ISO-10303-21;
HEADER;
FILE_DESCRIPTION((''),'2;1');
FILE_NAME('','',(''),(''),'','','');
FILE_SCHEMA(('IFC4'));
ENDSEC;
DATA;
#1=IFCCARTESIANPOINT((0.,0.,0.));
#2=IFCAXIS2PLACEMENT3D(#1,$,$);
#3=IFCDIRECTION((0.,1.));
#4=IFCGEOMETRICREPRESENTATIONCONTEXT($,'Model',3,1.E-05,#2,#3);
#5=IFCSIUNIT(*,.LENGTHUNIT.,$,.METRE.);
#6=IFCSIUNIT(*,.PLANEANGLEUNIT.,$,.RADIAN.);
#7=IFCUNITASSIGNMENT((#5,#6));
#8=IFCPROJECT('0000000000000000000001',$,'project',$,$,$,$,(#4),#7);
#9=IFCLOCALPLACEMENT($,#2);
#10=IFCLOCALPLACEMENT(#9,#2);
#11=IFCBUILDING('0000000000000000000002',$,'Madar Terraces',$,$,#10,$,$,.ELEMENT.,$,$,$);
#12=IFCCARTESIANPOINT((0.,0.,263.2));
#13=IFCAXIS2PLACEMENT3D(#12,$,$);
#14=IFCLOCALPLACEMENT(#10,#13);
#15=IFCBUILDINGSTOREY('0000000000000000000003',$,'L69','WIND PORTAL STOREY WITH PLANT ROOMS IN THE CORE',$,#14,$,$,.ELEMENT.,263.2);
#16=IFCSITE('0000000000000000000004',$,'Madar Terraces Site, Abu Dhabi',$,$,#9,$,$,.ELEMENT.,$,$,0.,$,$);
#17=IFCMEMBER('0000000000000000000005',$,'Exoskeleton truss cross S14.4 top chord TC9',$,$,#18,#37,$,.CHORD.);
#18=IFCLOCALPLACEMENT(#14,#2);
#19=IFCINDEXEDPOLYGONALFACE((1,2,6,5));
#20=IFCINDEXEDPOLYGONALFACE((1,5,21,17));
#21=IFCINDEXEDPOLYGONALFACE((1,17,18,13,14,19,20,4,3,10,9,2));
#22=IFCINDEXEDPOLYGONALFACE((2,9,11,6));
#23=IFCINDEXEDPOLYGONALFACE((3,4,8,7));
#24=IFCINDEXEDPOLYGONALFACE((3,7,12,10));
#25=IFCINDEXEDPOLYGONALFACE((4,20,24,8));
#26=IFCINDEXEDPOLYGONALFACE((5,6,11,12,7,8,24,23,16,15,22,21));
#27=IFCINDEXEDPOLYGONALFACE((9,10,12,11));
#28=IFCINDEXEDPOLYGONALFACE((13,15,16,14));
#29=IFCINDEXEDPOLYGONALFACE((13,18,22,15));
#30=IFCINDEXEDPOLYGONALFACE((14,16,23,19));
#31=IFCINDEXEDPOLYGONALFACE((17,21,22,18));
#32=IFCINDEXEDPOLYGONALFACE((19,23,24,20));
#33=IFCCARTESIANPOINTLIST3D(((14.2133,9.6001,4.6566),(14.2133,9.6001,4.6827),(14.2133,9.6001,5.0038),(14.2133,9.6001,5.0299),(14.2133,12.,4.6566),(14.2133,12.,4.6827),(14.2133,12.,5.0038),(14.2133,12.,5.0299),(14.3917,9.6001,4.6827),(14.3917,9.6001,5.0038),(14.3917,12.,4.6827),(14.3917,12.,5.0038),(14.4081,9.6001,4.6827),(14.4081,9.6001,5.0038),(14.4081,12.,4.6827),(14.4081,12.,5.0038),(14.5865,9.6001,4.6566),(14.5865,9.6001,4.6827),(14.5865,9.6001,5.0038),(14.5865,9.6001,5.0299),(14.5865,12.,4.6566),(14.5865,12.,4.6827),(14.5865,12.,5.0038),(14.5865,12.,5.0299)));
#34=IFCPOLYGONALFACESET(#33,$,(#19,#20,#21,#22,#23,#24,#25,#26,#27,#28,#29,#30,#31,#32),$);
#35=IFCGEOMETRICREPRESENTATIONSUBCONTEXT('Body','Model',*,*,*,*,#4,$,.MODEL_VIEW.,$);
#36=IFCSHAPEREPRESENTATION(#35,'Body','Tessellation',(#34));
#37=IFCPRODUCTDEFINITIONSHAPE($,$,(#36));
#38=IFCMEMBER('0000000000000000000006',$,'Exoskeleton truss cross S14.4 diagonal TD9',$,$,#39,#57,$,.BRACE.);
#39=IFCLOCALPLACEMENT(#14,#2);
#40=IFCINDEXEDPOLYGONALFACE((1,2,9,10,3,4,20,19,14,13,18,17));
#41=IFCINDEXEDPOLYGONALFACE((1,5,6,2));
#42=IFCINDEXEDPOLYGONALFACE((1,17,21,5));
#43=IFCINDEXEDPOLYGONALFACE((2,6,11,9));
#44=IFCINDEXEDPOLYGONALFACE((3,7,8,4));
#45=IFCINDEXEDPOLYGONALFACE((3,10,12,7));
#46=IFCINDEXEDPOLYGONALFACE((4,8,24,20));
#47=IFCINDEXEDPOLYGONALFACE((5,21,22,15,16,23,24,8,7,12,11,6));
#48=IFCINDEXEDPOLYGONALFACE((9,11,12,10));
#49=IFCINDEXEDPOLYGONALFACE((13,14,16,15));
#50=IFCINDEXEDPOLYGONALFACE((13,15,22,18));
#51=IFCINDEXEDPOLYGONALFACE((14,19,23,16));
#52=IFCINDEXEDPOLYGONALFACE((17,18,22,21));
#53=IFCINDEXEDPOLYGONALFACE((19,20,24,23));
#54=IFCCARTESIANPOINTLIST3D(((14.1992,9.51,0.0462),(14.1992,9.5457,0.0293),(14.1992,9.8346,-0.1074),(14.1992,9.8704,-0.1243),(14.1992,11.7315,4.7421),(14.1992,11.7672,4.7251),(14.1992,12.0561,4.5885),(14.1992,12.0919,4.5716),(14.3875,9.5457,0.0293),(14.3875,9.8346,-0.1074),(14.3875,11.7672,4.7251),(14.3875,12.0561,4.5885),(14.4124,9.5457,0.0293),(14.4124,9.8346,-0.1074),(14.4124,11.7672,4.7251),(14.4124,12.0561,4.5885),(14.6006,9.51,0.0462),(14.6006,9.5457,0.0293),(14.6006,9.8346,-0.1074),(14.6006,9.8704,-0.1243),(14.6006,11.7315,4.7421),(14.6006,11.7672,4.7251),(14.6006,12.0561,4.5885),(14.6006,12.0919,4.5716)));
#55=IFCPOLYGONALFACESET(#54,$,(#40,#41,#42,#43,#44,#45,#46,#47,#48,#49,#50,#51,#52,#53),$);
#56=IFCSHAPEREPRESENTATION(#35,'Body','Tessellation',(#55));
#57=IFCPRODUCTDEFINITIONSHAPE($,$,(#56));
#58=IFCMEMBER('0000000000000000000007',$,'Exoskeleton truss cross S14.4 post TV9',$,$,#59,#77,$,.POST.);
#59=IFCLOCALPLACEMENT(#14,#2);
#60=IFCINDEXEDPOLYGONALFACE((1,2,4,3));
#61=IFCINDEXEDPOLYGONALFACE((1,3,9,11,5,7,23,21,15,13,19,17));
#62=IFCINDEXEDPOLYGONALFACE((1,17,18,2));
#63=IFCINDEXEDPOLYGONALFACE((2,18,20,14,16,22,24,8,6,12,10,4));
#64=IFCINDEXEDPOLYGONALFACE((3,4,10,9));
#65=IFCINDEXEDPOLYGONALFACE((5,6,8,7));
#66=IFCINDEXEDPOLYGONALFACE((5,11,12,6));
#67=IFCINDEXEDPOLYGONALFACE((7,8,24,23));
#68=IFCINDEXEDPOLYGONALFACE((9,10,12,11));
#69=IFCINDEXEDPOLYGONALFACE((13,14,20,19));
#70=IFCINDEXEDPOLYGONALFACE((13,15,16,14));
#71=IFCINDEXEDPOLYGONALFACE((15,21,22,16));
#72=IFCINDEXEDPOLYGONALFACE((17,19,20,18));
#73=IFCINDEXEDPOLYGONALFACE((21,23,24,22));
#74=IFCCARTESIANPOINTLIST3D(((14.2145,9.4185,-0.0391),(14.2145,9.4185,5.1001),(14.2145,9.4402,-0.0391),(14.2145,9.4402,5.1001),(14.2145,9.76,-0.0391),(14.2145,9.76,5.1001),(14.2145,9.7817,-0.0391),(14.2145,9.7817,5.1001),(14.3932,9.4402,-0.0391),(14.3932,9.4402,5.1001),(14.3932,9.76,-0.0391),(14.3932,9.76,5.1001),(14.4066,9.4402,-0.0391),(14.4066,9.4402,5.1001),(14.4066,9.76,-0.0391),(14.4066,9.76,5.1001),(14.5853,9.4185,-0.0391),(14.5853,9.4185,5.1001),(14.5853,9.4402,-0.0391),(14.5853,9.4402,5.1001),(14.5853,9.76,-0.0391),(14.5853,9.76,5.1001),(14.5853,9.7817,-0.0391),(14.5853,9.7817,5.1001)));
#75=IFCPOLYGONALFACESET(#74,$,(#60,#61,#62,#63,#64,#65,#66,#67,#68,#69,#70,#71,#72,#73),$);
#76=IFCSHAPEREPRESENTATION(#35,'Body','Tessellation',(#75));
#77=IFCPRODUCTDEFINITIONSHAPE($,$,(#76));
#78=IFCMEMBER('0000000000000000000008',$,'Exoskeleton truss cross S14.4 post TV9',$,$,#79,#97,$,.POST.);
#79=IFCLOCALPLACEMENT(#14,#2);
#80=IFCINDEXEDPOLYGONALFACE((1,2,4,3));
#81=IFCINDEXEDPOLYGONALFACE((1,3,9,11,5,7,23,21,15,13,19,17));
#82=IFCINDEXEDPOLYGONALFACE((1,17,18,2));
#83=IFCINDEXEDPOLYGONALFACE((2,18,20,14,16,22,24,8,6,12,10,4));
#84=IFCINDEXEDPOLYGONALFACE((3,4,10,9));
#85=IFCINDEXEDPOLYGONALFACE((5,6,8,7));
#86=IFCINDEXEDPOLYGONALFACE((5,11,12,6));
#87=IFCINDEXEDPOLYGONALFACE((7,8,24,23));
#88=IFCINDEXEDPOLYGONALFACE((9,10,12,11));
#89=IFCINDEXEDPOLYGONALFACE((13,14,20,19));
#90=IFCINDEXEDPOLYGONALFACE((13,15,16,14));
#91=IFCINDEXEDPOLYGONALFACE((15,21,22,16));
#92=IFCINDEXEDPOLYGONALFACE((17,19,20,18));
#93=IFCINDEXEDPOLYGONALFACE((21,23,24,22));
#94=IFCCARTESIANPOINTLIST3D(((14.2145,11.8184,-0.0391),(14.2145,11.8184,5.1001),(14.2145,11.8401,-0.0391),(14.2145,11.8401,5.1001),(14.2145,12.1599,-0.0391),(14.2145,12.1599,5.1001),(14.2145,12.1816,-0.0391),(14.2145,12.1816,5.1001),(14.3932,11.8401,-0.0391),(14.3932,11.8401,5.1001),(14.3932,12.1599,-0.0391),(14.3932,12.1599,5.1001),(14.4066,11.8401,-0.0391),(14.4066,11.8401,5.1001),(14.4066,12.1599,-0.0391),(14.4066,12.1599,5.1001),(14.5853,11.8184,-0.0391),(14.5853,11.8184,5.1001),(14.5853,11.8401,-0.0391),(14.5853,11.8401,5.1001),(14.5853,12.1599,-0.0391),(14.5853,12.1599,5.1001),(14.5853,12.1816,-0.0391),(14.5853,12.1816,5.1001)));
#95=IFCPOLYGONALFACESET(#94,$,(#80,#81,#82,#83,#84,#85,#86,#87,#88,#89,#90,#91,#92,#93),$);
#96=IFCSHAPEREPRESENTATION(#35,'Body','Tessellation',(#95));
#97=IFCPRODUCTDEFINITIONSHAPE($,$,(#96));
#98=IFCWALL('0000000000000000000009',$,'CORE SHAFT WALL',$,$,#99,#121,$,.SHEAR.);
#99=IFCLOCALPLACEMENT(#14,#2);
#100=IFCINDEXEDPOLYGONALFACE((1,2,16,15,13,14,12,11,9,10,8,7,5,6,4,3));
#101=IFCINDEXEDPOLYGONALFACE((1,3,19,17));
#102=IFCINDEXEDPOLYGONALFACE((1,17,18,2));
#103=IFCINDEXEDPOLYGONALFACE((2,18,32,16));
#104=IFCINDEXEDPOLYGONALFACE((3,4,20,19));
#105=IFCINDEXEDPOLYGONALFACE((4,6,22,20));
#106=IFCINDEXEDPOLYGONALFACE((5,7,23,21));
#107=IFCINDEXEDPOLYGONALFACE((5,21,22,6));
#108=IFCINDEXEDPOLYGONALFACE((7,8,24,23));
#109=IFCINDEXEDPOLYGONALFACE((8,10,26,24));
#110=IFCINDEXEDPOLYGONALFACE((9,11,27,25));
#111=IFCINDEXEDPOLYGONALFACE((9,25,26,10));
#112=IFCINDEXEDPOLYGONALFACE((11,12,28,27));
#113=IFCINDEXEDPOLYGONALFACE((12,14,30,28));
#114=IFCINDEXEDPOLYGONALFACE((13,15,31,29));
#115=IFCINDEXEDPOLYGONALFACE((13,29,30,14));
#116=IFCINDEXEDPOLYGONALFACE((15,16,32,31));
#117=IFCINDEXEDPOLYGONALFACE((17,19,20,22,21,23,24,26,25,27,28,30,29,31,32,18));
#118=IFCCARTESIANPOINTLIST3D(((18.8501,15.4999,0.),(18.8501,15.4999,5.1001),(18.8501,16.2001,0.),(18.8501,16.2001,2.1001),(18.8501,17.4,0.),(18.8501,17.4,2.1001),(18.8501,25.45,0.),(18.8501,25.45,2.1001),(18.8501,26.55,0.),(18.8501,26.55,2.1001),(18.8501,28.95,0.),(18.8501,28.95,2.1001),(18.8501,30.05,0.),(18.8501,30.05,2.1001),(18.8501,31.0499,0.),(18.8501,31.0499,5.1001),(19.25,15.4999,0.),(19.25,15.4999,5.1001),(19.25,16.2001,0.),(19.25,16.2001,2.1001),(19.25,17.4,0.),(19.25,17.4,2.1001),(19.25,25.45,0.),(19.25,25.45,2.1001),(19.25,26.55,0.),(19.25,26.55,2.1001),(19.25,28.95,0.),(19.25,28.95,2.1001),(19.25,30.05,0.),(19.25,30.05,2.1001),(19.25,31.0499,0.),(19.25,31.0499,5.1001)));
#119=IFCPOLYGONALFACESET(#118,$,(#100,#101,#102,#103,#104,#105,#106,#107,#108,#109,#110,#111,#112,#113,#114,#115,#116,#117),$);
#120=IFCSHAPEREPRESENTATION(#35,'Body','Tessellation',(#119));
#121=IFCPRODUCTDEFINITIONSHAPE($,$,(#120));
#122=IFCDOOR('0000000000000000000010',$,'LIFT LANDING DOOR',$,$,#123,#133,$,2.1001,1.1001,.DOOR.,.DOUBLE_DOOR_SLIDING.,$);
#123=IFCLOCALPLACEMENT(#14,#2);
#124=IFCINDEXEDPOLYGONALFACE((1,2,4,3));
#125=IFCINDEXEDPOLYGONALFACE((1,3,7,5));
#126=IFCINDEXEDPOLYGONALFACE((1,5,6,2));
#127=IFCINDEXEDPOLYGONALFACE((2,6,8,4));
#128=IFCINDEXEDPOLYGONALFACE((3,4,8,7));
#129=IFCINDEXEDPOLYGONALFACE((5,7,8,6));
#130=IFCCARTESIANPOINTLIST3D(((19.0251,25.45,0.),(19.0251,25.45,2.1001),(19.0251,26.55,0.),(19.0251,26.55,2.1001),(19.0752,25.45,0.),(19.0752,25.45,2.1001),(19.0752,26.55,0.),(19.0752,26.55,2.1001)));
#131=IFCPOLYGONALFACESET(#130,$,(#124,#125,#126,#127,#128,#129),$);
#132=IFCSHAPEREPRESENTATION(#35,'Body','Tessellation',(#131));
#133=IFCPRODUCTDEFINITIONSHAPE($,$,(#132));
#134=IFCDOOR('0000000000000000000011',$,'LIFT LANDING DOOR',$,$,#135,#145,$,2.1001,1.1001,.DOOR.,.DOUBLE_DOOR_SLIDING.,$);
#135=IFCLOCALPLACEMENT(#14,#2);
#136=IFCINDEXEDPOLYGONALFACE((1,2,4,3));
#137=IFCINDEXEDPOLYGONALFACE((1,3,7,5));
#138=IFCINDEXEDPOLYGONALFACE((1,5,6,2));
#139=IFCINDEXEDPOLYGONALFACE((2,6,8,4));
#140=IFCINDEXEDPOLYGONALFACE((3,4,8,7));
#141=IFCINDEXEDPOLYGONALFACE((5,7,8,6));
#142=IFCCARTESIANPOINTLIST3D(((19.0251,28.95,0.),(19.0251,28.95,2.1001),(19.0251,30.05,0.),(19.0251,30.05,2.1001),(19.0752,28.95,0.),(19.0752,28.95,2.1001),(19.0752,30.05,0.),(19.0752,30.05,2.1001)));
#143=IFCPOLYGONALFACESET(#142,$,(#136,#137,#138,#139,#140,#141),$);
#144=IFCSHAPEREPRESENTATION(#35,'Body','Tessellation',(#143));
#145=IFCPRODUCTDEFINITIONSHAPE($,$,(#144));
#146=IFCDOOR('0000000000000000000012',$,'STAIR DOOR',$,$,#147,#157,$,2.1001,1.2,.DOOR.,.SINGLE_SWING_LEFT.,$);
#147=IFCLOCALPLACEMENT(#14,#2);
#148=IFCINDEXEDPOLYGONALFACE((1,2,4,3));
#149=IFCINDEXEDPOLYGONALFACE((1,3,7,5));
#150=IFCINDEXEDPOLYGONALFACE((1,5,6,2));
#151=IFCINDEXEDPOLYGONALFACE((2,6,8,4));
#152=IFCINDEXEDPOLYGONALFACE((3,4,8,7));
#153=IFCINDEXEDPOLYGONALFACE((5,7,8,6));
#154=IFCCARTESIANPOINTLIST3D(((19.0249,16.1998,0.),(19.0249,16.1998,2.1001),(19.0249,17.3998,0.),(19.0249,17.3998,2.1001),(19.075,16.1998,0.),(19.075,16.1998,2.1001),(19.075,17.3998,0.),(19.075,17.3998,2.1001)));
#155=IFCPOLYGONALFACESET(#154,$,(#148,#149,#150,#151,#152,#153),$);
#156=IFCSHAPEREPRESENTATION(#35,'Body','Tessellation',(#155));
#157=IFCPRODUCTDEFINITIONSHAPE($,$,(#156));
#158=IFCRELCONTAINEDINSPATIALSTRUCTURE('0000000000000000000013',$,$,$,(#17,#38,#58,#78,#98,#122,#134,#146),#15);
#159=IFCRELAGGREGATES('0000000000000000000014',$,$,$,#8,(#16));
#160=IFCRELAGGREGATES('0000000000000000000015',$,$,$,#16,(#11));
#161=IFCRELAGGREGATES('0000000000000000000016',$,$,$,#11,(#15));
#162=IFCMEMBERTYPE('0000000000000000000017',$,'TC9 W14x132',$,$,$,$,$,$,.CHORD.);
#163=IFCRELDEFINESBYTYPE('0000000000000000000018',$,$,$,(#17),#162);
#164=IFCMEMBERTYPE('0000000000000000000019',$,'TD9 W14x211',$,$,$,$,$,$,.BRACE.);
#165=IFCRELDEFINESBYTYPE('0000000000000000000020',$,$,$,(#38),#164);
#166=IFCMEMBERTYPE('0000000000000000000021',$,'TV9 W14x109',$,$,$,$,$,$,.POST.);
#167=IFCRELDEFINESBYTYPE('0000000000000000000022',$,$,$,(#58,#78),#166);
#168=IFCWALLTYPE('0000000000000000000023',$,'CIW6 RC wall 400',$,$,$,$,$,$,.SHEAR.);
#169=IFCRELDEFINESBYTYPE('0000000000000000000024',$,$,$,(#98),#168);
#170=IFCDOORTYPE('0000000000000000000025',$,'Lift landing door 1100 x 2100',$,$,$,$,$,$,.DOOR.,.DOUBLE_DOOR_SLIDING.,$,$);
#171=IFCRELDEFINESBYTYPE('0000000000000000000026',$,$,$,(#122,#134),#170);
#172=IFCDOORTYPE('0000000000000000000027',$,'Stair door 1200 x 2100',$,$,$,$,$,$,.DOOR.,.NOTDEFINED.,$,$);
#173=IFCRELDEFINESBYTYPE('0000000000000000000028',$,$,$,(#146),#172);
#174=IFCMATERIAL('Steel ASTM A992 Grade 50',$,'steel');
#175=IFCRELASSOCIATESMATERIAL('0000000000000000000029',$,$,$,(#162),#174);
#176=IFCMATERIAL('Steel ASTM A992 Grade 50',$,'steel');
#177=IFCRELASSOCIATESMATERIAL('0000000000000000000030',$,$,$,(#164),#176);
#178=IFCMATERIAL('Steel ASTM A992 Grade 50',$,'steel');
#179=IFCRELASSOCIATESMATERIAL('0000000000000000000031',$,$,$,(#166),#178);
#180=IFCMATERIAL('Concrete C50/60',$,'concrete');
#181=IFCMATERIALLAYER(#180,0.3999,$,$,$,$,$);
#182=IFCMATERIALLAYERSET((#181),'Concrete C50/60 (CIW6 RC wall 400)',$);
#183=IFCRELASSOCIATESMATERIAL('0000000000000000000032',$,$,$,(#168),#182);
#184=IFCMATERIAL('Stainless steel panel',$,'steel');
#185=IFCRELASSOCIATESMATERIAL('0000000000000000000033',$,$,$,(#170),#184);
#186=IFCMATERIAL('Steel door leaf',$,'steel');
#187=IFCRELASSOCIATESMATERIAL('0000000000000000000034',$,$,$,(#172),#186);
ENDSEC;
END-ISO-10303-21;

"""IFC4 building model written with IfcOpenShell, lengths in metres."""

from ifc_helpers import new_model, si_unit, direction, frame, frame_2d, origin, origin_2d, place, context, subcontext, project, spatial, rectangle, i_section, extrude, material, layer, layer_set, material_profile, profile_set, type_object, element, fill, save


model = new_model("IFC4")

# Units and contexts
model_context = context("Model", 3, precision=1e-05, world=origin(), true_north=direction((0.0, 1.0)))
body_context = subcontext(model_context, "Body", "Model", "MODEL_VIEW")
ifc_project = project(units=[si_unit("LENGTHUNIT", "METRE"), si_unit("PLANEANGLEUNIT", "RADIAN")], contexts=[model_context])

# Site, building, storey
site_placement = place(None, origin())
site = spatial("IfcSite", under=ifc_project, at=site_placement, Name="Madar Terraces Site, Abu Dhabi", CompositionType="ELEMENT", RefElevation=0.0)
building_placement = place(site_placement, origin())
building = spatial("IfcBuilding", under=site, at=building_placement, Name="Madar Terraces", CompositionType="ELEMENT")
storey_placement = place(building_placement, frame((0.0, 0.0, 263.2)))
storey = spatial("IfcBuildingStorey", under=building, at=storey_placement, Name="L69", Description="WIND PORTAL STOREY WITH PLANT ROOMS IN THE CORE", CompositionType="ELEMENT", Elevation=263.2)

# Members
ifc_material_1 = material(Name="Steel ASTM A992 Grade 50", Category="steel")
ifc_material_profile_1 = material_profile(ifc_material_1, i_section(OverallWidth=0.3733, OverallDepth=0.3733, WebThickness=0.0164, FlangeThickness=0.0261, at=origin_2d()), Name="W14x132")
ifc_profile_set_1 = profile_set([ifc_material_profile_1], Name="Steel ASTM A992 Grade 50")
member_type_1 = type_object("IfcMemberType", Name="TC9 W14x132", PredefinedType="CHORD", material=ifc_profile_set_1)
member_1_placement = place(storey_placement, frame((14.3999, 9.6001, 4.8433), z_axis=(0.0, 1.0, 0.0), x_axis=(-1.0, 0.0, 0.0)))
element("IfcMember", 1, at=member_1_placement, inside=storey, type_object=member_type_1, Name="Exoskeleton truss cross S14.4 top chord TC9", PredefinedType="CHORD", context=body_context, shape_type="SweptSolid", body=[
    extrude(i_section(OverallWidth=0.3733, OverallDepth=0.3733, WebThickness=0.0164, FlangeThickness=0.0261, at=origin_2d()), origin(), (0.0, 0.0, 1.0), 2.3999),
])
ifc_material_2 = material(Name="Steel ASTM A992 Grade 50", Category="steel")
ifc_material_profile_2 = material_profile(ifc_material_2, i_section(OverallWidth=0.4014, OverallDepth=0.3987, WebThickness=0.0249, FlangeThickness=0.0396, at=origin_2d()), Name="W14x211")
ifc_profile_set_2 = profile_set([ifc_material_profile_2], Name="Steel ASTM A992 Grade 50")
member_type_2 = type_object("IfcMemberType", Name="TD9 W14x211", PredefinedType="BRACE", material=ifc_profile_set_2)
member_2_placement = place(storey_placement, frame((14.3999, 9.6902, -0.0391), z_axis=(0.0, 0.427632, 0.903953), x_axis=(-1.0, 0.0, 0.0)))
element("IfcMember", 2, at=member_2_placement, inside=storey, type_object=member_type_2, Name="Exoskeleton truss cross S14.4 diagonal TD9", PredefinedType="BRACE", context=body_context, shape_type="SweptSolid", body=[
    extrude(i_section(OverallWidth=0.4014, OverallDepth=0.3987, WebThickness=0.0249, FlangeThickness=0.0396, at=origin_2d()), origin(), (0.0, 0.0, 1.0), 5.1948),
])
ifc_material_3 = material(Name="Steel ASTM A992 Grade 50", Category="steel")
ifc_material_profile_3 = material_profile(ifc_material_3, i_section(OverallWidth=0.3708, OverallDepth=0.3633, WebThickness=0.0134, FlangeThickness=0.0217, at=origin_2d()), Name="W14x109")
ifc_profile_set_3 = profile_set([ifc_material_profile_3], Name="Steel ASTM A992 Grade 50")
member_type_3 = type_object("IfcMemberType", Name="TV9 W14x109", PredefinedType="POST", material=ifc_profile_set_3)
for number, where, z_axis, x_axis, name in (
    (3, (14.3999, 9.6001, -0.0391), (0.0, 0.0, 1.0), (-1.0, 0.0, 0.0), "Exoskeleton truss cross S14.4 post TV9"),
    (4, (14.3999, 12.0, -0.0391), (0.0, 0.0, 1.0), (-1.0, 0.0, 0.0), "Exoskeleton truss cross S14.4 post TV9"),
):
    element("IfcMember", number, at=place(storey_placement, frame(where, z_axis=z_axis, x_axis=x_axis)), inside=storey, type_object=member_type_3, Name=name, PredefinedType="POST", context=body_context, shape_type="SweptSolid", body=[
        extrude(i_section(OverallWidth=0.3708, OverallDepth=0.3633, WebThickness=0.0134, FlangeThickness=0.0217, at=origin_2d()), origin(), (0.0, 0.0, 1.0), 5.1392),
    ])

# Wall, openings, doors
ifc_material_4 = material(Name="Concrete C50/60", Category="concrete")
ifc_layer_1 = layer(ifc_material_4, 0.3999)
ifc_layer_set_1 = layer_set([ifc_layer_1], Name="Concrete C50/60 (CIW6 RC wall 400)")
wall_type_1 = type_object("IfcWallType", Name="CIW6 RC wall 400", PredefinedType="SHEAR", material=ifc_layer_set_1)
wall_1_placement = place(storey_placement, frame((19.05, 15.5, 0.0), z_axis=(0.0, 0.0, 1.0), x_axis=(0.0, 1.0, 0.0)))
wall_1 = element("IfcWall", 5, at=wall_1_placement, inside=storey, type_object=wall_type_1, Name="CORE SHAFT WALL", PredefinedType="SHEAR", context=body_context, shape_type="SweptSolid", body=[
    extrude(rectangle(XDim=15.55, YDim=0.3999, at=frame_2d((7.7749, 0.0))), origin(), (0.0, 0.0, 1.0), 5.1001),
])
opening_1_placement = place(wall_1_placement, frame((9.95, 0.0, 0.0)))
opening_1 = element("IfcOpeningElement", 6, at=opening_1_placement, cuts=wall_1, PredefinedType="OPENING", context=body_context, shape_type="SweptSolid", body=[
    extrude(rectangle(XDim=1.1001, YDim=2.1001, at=frame_2d((0.55, 1.05))), frame((0.0, 0.21, 0.0), z_axis=(0.0, -1.0, 0.0), x_axis=(1.0, 0.0, 0.0)), (0.0, 0.0, 1.0), 0.4199),
])
opening_2_placement = place(wall_1_placement, frame((13.45, 0.0, 0.0)))
opening_2 = element("IfcOpeningElement", 7, at=opening_2_placement, cuts=wall_1, PredefinedType="OPENING", context=body_context, shape_type="SweptSolid", body=[
    extrude(rectangle(XDim=1.1001, YDim=2.1001, at=frame_2d((0.55, 1.05))), frame((0.0, 0.21, 0.0), z_axis=(0.0, -1.0, 0.0), x_axis=(1.0, 0.0, 0.0)), (0.0, 0.0, 1.0), 0.4199),
])
opening_3_placement = place(wall_1_placement, frame((0.7, 0.0, 0.0)))
opening_3 = element("IfcOpeningElement", 8, at=opening_3_placement, cuts=wall_1, PredefinedType="OPENING", context=body_context, shape_type="SweptSolid", body=[
    extrude(rectangle(XDim=1.2, YDim=2.1001, at=frame_2d((0.6001, 1.05))), frame((0.0, 0.21, 0.0), z_axis=(0.0, -1.0, 0.0), x_axis=(1.0, 0.0, 0.0)), (0.0, 0.0, 1.0), 0.4199),
])
ifc_material_5 = material(Name="Stainless steel panel", Category="steel")
door_type_1 = type_object("IfcDoorType", Name="Lift landing door 1100 x 2100", OperationType="DOUBLE_DOOR_SLIDING", PredefinedType="DOOR", material=ifc_material_5)
door_1_placement = place(opening_1_placement, origin())
door_1 = element("IfcDoor", 9, at=door_1_placement, inside=storey, type_object=door_type_1, Name="LIFT LANDING DOOR", OperationType="DOUBLE_DOOR_SLIDING", OverallHeight=2.1001, OverallWidth=1.1001, PredefinedType="DOOR", context=body_context, shape_type="SweptSolid", body=[
    extrude(rectangle(XDim=1.1001, YDim=2.1001, at=frame_2d((0.55, 1.05))), frame((0.0, 0.0249, 0.0), z_axis=(0.0, -1.0, 0.0), x_axis=(1.0, 0.0, 0.0)), (0.0, 0.0, 1.0), 0.05),
])
fill(opening_1, door_1)
door_2_placement = place(opening_2_placement, origin())
door_2 = element("IfcDoor", 10, at=door_2_placement, inside=storey, type_object=door_type_1, Name="LIFT LANDING DOOR", OperationType="DOUBLE_DOOR_SLIDING", OverallHeight=2.1001, OverallWidth=1.1001, PredefinedType="DOOR", context=body_context, shape_type="SweptSolid", body=[
    extrude(rectangle(XDim=1.1001, YDim=2.1001, at=frame_2d((0.55, 1.05))), frame((0.0, 0.0249, 0.0), z_axis=(0.0, -1.0, 0.0), x_axis=(1.0, 0.0, 0.0)), (0.0, 0.0, 1.0), 0.05),
])
fill(opening_2, door_2)
ifc_material_6 = material(Name="Steel door leaf", Category="steel")
door_type_2 = type_object("IfcDoorType", Name="Stair door 1200 x 2100", OperationType="NOTDEFINED", PredefinedType="DOOR", material=ifc_material_6)
door_3_placement = place(opening_3_placement, frame((1.2, 0.0, 0.0), z_axis=(0.0, 0.0, 1.0), x_axis=(-1.0, 0.0, 0.0)))
door_3 = element("IfcDoor", 11, at=door_3_placement, inside=storey, type_object=door_type_2, Name="STAIR DOOR", OperationType="SINGLE_SWING_LEFT", OverallHeight=2.1001, OverallWidth=1.2, PredefinedType="DOOR", context=body_context, shape_type="SweptSolid", body=[
    extrude(rectangle(XDim=1.2, YDim=2.1001, at=frame_2d((0.6001, 1.05))), frame((0.0, 0.0249, 0.0), z_axis=(0.0, -1.0, 0.0), x_axis=(1.0, 0.0, 0.0)), (0.0, 0.0, 1.0), 0.05),
])
fill(opening_3, door_3)

save(model, "model.ifc")
